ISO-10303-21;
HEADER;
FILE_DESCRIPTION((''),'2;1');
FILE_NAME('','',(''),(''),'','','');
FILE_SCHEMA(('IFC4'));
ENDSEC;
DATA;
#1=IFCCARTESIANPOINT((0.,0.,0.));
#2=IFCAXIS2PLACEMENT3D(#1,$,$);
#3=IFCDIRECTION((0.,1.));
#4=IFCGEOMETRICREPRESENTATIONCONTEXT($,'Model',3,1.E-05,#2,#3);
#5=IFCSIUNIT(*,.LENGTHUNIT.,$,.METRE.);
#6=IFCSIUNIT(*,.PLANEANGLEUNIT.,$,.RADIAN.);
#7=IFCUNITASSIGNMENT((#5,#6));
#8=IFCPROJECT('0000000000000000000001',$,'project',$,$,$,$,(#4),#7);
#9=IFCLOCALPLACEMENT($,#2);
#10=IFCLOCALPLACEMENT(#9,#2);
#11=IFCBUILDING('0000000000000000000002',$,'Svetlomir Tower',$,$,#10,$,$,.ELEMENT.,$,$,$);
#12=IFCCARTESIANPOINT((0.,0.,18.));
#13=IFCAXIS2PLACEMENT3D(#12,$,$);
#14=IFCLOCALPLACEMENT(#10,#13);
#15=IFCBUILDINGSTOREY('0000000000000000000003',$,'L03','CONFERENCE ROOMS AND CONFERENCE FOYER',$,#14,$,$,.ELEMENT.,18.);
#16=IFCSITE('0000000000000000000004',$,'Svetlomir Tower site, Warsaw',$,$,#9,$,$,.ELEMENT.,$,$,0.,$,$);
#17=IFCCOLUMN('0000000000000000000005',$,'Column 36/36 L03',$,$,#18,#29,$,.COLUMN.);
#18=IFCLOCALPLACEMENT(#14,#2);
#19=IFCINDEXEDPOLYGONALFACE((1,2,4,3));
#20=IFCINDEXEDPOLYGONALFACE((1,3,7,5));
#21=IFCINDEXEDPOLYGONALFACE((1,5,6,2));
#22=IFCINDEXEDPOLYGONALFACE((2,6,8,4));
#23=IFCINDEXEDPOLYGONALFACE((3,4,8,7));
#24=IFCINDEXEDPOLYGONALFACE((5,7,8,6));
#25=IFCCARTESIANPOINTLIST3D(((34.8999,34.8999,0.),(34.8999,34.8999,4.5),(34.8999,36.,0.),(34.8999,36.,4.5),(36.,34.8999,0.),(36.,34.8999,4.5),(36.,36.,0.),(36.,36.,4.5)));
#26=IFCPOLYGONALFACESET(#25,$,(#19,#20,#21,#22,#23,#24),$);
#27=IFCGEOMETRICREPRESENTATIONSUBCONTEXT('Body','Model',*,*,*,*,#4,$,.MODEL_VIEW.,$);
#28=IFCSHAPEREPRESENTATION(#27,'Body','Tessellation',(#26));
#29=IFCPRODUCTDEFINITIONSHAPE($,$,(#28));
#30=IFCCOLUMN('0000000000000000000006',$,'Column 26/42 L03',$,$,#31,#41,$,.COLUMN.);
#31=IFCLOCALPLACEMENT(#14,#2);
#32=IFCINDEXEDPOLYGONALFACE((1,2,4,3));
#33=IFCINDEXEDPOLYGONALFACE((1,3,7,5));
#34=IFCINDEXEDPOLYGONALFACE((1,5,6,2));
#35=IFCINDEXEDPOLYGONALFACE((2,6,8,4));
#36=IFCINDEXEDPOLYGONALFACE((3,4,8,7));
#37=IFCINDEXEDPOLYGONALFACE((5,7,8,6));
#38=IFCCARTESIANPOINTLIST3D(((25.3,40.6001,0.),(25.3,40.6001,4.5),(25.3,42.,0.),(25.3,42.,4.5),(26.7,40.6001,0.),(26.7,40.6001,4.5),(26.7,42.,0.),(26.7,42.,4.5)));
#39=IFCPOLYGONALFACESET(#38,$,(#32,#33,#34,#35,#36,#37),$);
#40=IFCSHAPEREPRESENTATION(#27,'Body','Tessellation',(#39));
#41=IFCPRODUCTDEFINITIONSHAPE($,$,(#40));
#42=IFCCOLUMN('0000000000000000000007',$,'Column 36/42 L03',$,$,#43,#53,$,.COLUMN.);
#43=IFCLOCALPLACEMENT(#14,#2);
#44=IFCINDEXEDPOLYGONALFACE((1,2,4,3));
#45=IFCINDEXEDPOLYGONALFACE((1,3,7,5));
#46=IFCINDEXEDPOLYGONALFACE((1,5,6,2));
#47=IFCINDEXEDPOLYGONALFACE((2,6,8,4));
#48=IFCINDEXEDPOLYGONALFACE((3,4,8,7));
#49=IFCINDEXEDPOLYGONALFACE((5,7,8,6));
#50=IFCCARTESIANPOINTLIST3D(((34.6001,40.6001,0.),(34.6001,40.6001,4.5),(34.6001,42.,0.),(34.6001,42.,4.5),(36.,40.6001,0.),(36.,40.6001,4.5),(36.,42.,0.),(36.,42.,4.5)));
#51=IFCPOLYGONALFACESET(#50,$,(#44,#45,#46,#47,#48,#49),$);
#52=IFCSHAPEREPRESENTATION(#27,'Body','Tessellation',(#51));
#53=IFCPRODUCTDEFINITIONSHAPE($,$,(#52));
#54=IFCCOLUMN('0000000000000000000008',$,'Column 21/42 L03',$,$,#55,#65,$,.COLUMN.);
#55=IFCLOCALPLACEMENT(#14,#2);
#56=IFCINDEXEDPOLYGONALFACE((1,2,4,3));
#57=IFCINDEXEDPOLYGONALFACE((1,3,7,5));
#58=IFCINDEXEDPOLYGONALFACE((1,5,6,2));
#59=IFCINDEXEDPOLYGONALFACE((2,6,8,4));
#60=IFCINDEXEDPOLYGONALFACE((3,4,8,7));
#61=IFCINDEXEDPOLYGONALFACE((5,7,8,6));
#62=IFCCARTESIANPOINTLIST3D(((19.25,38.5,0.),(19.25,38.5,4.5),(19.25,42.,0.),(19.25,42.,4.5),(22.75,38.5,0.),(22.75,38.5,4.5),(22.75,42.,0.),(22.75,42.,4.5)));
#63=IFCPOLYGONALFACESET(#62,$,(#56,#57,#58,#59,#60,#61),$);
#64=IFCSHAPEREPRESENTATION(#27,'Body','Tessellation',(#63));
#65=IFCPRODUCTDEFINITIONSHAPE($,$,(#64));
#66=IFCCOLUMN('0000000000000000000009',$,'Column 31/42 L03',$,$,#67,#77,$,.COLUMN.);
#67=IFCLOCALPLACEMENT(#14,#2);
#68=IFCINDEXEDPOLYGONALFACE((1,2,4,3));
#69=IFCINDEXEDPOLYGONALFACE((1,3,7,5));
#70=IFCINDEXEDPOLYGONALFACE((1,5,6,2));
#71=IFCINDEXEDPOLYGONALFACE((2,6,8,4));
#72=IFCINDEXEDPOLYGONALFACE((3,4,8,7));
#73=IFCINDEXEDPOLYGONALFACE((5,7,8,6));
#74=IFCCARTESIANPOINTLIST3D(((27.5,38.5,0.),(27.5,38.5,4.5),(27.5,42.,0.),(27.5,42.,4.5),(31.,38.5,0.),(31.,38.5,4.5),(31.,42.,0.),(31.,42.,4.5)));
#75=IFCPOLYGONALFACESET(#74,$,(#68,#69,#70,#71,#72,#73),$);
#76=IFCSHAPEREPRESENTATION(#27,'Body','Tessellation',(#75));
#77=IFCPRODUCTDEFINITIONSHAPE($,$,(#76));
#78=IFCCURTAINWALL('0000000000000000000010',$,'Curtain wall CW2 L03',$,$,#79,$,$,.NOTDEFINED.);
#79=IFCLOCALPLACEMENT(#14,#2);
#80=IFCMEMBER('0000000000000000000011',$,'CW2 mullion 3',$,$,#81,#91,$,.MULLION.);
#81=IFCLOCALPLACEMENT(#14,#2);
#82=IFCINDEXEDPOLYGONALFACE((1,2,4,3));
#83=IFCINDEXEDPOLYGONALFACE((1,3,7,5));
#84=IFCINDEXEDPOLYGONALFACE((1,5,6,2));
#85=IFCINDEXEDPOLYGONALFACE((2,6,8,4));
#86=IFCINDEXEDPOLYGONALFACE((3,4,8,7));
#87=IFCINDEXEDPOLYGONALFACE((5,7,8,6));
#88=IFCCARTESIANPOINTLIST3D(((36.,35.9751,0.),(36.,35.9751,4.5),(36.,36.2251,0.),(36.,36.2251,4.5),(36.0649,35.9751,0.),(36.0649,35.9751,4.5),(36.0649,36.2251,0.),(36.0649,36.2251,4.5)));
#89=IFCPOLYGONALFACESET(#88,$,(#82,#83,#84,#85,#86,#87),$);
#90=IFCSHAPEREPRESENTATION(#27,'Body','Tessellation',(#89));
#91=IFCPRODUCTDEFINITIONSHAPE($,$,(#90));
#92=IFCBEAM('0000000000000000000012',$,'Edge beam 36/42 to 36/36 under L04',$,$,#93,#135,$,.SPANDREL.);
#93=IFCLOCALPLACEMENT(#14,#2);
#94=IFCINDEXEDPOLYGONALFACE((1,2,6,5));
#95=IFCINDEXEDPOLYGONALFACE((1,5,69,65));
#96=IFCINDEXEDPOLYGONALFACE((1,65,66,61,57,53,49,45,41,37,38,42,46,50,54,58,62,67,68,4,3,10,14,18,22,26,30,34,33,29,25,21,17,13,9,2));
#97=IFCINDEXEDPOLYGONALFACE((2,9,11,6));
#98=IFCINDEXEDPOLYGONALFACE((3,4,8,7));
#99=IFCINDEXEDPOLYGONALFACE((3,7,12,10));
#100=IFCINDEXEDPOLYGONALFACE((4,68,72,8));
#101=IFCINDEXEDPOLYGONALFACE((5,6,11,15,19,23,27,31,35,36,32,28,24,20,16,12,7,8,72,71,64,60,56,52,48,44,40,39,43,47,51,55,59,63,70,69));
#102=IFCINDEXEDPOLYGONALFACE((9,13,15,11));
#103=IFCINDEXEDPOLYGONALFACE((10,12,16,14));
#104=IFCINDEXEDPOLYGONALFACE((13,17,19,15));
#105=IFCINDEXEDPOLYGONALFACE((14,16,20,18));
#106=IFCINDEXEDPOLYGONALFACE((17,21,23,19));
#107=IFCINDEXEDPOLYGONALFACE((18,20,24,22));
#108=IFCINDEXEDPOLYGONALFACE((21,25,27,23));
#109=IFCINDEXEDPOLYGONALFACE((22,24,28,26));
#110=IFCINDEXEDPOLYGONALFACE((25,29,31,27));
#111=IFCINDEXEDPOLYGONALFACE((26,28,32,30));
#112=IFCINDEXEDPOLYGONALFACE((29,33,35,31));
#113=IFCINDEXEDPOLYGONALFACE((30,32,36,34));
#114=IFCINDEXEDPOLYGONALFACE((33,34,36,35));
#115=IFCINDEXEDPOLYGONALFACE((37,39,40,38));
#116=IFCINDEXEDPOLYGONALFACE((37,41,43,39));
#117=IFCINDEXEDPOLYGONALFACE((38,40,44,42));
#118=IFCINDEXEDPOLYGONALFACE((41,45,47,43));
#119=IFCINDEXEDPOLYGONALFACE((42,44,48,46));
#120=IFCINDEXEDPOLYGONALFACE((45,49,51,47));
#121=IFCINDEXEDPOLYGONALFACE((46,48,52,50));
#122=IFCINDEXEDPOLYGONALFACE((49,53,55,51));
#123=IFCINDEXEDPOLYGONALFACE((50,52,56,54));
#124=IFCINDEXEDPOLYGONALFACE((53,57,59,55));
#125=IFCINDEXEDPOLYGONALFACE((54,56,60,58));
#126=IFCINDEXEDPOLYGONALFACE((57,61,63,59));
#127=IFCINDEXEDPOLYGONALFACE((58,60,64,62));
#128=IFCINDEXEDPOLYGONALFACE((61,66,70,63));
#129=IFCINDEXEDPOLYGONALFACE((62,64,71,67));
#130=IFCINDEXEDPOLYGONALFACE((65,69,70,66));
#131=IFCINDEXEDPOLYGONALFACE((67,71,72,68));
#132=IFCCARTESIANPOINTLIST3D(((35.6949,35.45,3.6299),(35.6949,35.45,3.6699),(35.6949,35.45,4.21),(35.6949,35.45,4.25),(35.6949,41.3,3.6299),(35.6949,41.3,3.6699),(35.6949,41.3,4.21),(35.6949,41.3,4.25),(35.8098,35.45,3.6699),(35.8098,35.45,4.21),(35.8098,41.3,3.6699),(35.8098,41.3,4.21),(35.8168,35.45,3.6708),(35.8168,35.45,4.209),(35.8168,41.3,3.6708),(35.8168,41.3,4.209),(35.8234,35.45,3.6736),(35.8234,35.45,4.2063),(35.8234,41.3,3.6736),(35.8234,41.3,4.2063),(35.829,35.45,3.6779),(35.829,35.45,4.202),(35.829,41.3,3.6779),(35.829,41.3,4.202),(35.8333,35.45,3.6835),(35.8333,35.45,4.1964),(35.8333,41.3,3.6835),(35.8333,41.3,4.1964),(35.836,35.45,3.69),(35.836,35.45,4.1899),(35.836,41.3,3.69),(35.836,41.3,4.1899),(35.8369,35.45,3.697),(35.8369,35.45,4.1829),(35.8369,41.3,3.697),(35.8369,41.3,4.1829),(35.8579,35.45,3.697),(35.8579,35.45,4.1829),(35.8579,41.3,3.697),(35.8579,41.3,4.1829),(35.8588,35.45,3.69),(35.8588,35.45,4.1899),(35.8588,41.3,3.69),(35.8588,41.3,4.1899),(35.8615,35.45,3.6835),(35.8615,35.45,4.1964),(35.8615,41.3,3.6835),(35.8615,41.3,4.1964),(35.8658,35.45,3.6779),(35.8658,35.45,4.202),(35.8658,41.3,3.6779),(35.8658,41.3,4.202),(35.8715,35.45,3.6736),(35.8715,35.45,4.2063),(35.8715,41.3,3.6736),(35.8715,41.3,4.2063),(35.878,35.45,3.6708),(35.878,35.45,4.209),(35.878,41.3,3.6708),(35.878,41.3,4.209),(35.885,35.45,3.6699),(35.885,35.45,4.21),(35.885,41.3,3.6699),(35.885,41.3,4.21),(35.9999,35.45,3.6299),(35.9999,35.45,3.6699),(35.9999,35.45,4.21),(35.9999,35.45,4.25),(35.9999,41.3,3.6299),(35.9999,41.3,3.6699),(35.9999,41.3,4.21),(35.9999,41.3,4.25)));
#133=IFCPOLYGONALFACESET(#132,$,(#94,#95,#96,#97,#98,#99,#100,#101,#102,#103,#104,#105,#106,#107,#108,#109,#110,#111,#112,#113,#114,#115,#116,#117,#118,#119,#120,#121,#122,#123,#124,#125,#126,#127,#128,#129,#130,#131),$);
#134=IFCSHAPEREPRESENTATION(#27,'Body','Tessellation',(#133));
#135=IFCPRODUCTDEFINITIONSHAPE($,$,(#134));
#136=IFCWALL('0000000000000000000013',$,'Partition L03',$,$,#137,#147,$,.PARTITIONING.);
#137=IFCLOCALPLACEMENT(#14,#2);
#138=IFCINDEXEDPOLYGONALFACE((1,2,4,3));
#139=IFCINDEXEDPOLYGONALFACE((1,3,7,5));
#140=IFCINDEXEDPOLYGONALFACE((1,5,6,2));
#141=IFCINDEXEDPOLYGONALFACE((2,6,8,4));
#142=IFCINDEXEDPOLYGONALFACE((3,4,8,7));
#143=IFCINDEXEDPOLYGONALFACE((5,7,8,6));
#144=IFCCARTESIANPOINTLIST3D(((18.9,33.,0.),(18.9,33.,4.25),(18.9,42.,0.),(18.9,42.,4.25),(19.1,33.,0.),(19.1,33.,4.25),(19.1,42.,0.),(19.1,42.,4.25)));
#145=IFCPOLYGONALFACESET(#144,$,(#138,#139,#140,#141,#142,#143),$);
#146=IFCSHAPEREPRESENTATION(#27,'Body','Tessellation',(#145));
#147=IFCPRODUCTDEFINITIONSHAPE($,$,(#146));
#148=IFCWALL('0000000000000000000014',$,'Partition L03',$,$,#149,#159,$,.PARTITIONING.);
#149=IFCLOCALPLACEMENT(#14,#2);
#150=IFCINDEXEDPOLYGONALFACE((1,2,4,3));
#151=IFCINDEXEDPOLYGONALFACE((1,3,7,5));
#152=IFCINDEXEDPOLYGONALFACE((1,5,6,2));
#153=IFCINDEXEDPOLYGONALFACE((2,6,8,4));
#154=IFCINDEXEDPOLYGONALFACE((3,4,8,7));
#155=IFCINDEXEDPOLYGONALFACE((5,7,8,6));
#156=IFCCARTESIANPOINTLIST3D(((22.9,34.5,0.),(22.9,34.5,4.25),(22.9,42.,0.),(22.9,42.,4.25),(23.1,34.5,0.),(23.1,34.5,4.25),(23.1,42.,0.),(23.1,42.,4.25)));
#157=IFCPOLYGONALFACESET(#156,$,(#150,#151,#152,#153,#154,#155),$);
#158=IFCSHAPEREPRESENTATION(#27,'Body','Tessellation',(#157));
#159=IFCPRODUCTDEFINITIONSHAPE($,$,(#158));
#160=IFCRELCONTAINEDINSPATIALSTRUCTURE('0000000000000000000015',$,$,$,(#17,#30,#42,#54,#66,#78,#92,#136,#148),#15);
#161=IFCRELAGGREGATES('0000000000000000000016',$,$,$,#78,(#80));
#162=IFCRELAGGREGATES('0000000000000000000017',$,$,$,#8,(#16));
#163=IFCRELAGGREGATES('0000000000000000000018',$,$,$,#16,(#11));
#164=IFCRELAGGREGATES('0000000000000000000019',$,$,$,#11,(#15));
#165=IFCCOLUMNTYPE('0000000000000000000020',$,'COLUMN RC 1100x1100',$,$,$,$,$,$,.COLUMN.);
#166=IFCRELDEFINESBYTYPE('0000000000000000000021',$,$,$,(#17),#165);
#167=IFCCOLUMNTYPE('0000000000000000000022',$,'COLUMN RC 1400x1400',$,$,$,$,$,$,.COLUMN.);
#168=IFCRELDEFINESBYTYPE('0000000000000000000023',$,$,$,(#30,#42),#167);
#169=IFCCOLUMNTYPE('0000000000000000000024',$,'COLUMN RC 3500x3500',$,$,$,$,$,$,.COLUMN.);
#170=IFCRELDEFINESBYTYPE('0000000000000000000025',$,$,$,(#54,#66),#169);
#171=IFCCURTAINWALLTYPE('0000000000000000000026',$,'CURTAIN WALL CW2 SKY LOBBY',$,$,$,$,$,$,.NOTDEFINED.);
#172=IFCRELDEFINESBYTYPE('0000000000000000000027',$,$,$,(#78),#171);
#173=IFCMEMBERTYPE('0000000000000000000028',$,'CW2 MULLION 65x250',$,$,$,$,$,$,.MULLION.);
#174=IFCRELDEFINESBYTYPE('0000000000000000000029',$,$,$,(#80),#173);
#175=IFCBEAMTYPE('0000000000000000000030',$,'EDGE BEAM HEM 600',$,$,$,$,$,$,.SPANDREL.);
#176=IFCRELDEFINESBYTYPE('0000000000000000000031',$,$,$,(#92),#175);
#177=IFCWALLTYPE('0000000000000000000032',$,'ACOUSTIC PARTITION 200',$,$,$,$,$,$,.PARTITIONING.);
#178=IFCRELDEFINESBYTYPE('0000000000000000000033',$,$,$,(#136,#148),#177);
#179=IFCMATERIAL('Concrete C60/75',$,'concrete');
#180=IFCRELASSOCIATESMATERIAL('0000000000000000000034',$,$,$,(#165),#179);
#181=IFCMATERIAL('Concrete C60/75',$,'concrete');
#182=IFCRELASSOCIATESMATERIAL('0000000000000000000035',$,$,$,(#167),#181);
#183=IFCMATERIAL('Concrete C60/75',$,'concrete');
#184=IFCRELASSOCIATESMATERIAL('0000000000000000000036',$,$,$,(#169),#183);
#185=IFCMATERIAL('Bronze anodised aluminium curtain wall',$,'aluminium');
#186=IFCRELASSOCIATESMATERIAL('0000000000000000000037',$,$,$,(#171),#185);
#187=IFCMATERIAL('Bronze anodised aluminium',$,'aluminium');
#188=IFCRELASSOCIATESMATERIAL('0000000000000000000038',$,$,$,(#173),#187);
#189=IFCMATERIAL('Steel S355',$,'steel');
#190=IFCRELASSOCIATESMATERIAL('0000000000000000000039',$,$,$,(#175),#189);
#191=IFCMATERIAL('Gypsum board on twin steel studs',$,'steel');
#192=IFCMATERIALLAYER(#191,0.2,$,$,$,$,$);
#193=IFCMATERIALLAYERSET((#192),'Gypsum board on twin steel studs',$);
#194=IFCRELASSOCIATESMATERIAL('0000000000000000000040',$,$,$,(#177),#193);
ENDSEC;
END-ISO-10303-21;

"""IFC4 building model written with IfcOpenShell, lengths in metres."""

from ifc_helpers import new_model, si_unit, direction, frame, frame_2d, origin, origin_2d, place, context, subcontext, project, spatial, rectangle, i_section, extrude, material, layer, layer_set, material_profile, profile_set, type_object, element, aggregate, save


model = new_model("IFC4")

# Units and contexts
model_context = context("Model", 3, precision=1e-05, world=origin(), true_north=direction((0.0, 1.0)))
body_context = subcontext(model_context, "Body", "Model", "MODEL_VIEW")
ifc_project = project(units=[si_unit("LENGTHUNIT", "METRE"), si_unit("PLANEANGLEUNIT", "RADIAN")], contexts=[model_context])

# Site, building, storey
site_placement = place(None, origin())
site = spatial("IfcSite", under=ifc_project, at=site_placement, Name="Svetlomir Tower site, Warsaw", CompositionType="ELEMENT", RefElevation=0.0)
building_placement = place(site_placement, origin())
building = spatial("IfcBuilding", under=site, at=building_placement, Name="Svetlomir Tower", CompositionType="ELEMENT")
storey_placement = place(building_placement, frame((0.0, 0.0, 18.0)))
storey = spatial("IfcBuildingStorey", under=building, at=storey_placement, Name="L03", Description="CONFERENCE ROOMS AND CONFERENCE FOYER", CompositionType="ELEMENT", Elevation=18.0)

# Columns
ifc_material_1 = material(Name="Concrete C60/75", Category="concrete")
ifc_material_profile_1 = material_profile(ifc_material_1, rectangle(XDim=1.1001, YDim=1.1001, at=origin_2d()), Name="RC 1100x1100")
ifc_profile_set_1 = profile_set([ifc_material_profile_1], Name="Concrete C60/75")
column_type_1 = type_object("IfcColumnType", Name="COLUMN RC 1100x1100", PredefinedType="COLUMN", material=ifc_profile_set_1)
column_placement = place(storey_placement, frame((35.45, 35.45, 0.0), z_axis=(0.0, 0.0, 1.0), x_axis=(1.0, 0.0, 0.0)))
element("IfcColumn", 1, at=column_placement, inside=storey, type_object=column_type_1, Name="Column 36/36 L03", PredefinedType="COLUMN", context=body_context, shape_type="SweptSolid", body=[
    extrude(rectangle(XDim=1.1001, YDim=1.1001, at=origin_2d()), origin(), (0.0, 0.0, 1.0), 4.5),
])
ifc_material_2 = material(Name="Concrete C60/75", Category="concrete")
ifc_material_profile_2 = material_profile(ifc_material_2, rectangle(XDim=1.3999, YDim=1.3999, at=origin_2d()), Name="RC 1400x1400")
ifc_profile_set_2 = profile_set([ifc_material_profile_2], Name="Concrete C60/75")
column_type_2 = type_object("IfcColumnType", Name="COLUMN RC 1400x1400", PredefinedType="COLUMN", material=ifc_profile_set_2)
for number, where, z_axis, x_axis, name in (
    (2, (26.0, 41.3, 0.0), (0.0, 0.0, 1.0), (1.0, 0.0, 0.0), "Column 26/42 L03"),
    (3, (35.3, 41.3, 0.0), (0.0, 0.0, 1.0), (1.0, 0.0, 0.0), "Column 36/42 L03"),
):
    element("IfcColumn", number, at=place(storey_placement, frame(where, z_axis=z_axis, x_axis=x_axis)), inside=storey, type_object=column_type_2, Name=name, PredefinedType="COLUMN", context=body_context, shape_type="SweptSolid", body=[
        extrude(rectangle(XDim=1.3999, YDim=1.3999, at=origin_2d()), origin(), (0.0, 0.0, 1.0), 4.5),
    ])
ifc_material_3 = material(Name="Concrete C60/75", Category="concrete")
ifc_material_profile_3 = material_profile(ifc_material_3, rectangle(XDim=3.5, YDim=3.5, at=origin_2d()), Name="RC 3500x3500")
ifc_profile_set_3 = profile_set([ifc_material_profile_3], Name="Concrete C60/75")
column_type_3 = type_object("IfcColumnType", Name="COLUMN RC 3500x3500", PredefinedType="COLUMN", material=ifc_profile_set_3)
for number, where, z_axis, x_axis, name in (
    (4, (21.0, 40.25, 0.0), (0.0, 0.0, 1.0), (1.0, 0.0, 0.0), "Column 21/42 L03"),
    (5, (29.25, 40.25, 0.0), (0.0, 0.0, 1.0), (1.0, 0.0, 0.0), "Column 31/42 L03"),
):
    element("IfcColumn", number, at=place(storey_placement, frame(where, z_axis=z_axis, x_axis=x_axis)), inside=storey, type_object=column_type_3, Name=name, PredefinedType="COLUMN", context=body_context, shape_type="SweptSolid", body=[
        extrude(rectangle(XDim=3.5, YDim=3.5, at=origin_2d()), origin(), (0.0, 0.0, 1.0), 4.5),
    ])

# Curtain wall, member
ifc_material_4 = material(Name="Bronze anodised aluminium curtain wall", Category="aluminium")
curtain_wall_type = type_object("IfcCurtainWallType", Name="CURTAIN WALL CW2 SKY LOBBY", PredefinedType="NOTDEFINED", material=ifc_material_4)
curtain_wall_placement = place(storey_placement, origin())
curtain_wall = element("IfcCurtainWall", 6, at=curtain_wall_placement, inside=storey, type_object=curtain_wall_type, Name="Curtain wall CW2 L03", PredefinedType="NOTDEFINED")
ifc_material_5 = material(Name="Bronze anodised aluminium", Category="aluminium")
ifc_material_profile_4 = material_profile(ifc_material_5, rectangle(XDim=0.0649, YDim=0.25, at=origin_2d()), Name="AL 65x250")
ifc_profile_set_4 = profile_set([ifc_material_profile_4], Name="Bronze anodised aluminium 6063-T6")
member_type = type_object("IfcMemberType", Name="CW2 MULLION 65x250", PredefinedType="MULLION", material=ifc_profile_set_4)
member_placement = place(storey_placement, frame((36.0325, 36.1001, 0.0), z_axis=(0.0, 0.0, 1.0), x_axis=(-1.0, 0.0, 0.0)))
member = element("IfcMember", 7, at=member_placement, type_object=member_type, Name="CW2 mullion 3", PredefinedType="MULLION", context=body_context, shape_type="SweptSolid", body=[
    extrude(rectangle(XDim=0.0649, YDim=0.25, at=origin_2d()), origin(), (0.0, 0.0, 1.0), 4.5),
])
aggregate(curtain_wall, [member])

# Beam
ifc_material_6 = material(Name="Steel S355", Category="steel")
ifc_material_profile_5 = material_profile(ifc_material_6, i_section(OverallWidth=0.3049, OverallDepth=0.6201, WebThickness=0.021, FlangeThickness=0.04, FilletRadius=0.0271, at=origin_2d()), Name="HEM 600")
ifc_profile_set_5 = profile_set([ifc_material_profile_5], Name="Steel S355")
beam_type = type_object("IfcBeamType", Name="EDGE BEAM HEM 600", PredefinedType="SPANDREL", material=ifc_profile_set_5)
beam_placement = place(storey_placement, frame((35.8474, 41.3, 3.9399), z_axis=(0.0, -1.0, 0.0), x_axis=(1.0, 0.0, 0.0)))
element("IfcBeam", 8, at=beam_placement, inside=storey, type_object=beam_type, Name="Edge beam 36/42 to 36/36 under L04", PredefinedType="SPANDREL", context=body_context, shape_type="SweptSolid", body=[
    extrude(i_section(OverallWidth=0.3049, OverallDepth=0.6201, WebThickness=0.021, FlangeThickness=0.04, FilletRadius=0.0271, at=origin_2d()), origin(), (0.0, 0.0, 1.0), 5.8501),
])

# Walls
ifc_material_7 = material(Name="Gypsum board on twin steel studs", Category="steel")
ifc_layer_1 = layer(ifc_material_7, 0.2)
ifc_layer_set_1 = layer_set([ifc_layer_1], Name="Gypsum board on twin steel studs")
wall_type_1 = type_object("IfcWallType", Name="ACOUSTIC PARTITION 200", PredefinedType="PARTITIONING", material=ifc_layer_set_1)
wall_1_placement = place(storey_placement, frame((19.0, 33.0, 0.0), z_axis=(0.0, 0.0, 1.0), x_axis=(0.0, 1.0, 0.0)))
element("IfcWall", 9, at=wall_1_placement, inside=storey, type_object=wall_type_1, Name="Partition L03", PredefinedType="PARTITIONING", context=body_context, shape_type="SweptSolid", body=[
    extrude(rectangle(XDim=9.0, YDim=0.2, at=frame_2d((4.5, 0.0))), origin(), (0.0, 0.0, 1.0), 4.25),
])
wall_2_placement = place(storey_placement, frame((23.0, 34.5, 0.0), z_axis=(0.0, 0.0, 1.0), x_axis=(0.0, 1.0, 0.0)))
element("IfcWall", 10, at=wall_2_placement, inside=storey, type_object=wall_type_1, Name="Partition L03", PredefinedType="PARTITIONING", context=body_context, shape_type="SweptSolid", body=[
    extrude(rectangle(XDim=7.5, YDim=0.2, at=frame_2d((3.75, 0.0))), origin(), (0.0, 0.0, 1.0), 4.25),
])

save(model, "model.ifc")
